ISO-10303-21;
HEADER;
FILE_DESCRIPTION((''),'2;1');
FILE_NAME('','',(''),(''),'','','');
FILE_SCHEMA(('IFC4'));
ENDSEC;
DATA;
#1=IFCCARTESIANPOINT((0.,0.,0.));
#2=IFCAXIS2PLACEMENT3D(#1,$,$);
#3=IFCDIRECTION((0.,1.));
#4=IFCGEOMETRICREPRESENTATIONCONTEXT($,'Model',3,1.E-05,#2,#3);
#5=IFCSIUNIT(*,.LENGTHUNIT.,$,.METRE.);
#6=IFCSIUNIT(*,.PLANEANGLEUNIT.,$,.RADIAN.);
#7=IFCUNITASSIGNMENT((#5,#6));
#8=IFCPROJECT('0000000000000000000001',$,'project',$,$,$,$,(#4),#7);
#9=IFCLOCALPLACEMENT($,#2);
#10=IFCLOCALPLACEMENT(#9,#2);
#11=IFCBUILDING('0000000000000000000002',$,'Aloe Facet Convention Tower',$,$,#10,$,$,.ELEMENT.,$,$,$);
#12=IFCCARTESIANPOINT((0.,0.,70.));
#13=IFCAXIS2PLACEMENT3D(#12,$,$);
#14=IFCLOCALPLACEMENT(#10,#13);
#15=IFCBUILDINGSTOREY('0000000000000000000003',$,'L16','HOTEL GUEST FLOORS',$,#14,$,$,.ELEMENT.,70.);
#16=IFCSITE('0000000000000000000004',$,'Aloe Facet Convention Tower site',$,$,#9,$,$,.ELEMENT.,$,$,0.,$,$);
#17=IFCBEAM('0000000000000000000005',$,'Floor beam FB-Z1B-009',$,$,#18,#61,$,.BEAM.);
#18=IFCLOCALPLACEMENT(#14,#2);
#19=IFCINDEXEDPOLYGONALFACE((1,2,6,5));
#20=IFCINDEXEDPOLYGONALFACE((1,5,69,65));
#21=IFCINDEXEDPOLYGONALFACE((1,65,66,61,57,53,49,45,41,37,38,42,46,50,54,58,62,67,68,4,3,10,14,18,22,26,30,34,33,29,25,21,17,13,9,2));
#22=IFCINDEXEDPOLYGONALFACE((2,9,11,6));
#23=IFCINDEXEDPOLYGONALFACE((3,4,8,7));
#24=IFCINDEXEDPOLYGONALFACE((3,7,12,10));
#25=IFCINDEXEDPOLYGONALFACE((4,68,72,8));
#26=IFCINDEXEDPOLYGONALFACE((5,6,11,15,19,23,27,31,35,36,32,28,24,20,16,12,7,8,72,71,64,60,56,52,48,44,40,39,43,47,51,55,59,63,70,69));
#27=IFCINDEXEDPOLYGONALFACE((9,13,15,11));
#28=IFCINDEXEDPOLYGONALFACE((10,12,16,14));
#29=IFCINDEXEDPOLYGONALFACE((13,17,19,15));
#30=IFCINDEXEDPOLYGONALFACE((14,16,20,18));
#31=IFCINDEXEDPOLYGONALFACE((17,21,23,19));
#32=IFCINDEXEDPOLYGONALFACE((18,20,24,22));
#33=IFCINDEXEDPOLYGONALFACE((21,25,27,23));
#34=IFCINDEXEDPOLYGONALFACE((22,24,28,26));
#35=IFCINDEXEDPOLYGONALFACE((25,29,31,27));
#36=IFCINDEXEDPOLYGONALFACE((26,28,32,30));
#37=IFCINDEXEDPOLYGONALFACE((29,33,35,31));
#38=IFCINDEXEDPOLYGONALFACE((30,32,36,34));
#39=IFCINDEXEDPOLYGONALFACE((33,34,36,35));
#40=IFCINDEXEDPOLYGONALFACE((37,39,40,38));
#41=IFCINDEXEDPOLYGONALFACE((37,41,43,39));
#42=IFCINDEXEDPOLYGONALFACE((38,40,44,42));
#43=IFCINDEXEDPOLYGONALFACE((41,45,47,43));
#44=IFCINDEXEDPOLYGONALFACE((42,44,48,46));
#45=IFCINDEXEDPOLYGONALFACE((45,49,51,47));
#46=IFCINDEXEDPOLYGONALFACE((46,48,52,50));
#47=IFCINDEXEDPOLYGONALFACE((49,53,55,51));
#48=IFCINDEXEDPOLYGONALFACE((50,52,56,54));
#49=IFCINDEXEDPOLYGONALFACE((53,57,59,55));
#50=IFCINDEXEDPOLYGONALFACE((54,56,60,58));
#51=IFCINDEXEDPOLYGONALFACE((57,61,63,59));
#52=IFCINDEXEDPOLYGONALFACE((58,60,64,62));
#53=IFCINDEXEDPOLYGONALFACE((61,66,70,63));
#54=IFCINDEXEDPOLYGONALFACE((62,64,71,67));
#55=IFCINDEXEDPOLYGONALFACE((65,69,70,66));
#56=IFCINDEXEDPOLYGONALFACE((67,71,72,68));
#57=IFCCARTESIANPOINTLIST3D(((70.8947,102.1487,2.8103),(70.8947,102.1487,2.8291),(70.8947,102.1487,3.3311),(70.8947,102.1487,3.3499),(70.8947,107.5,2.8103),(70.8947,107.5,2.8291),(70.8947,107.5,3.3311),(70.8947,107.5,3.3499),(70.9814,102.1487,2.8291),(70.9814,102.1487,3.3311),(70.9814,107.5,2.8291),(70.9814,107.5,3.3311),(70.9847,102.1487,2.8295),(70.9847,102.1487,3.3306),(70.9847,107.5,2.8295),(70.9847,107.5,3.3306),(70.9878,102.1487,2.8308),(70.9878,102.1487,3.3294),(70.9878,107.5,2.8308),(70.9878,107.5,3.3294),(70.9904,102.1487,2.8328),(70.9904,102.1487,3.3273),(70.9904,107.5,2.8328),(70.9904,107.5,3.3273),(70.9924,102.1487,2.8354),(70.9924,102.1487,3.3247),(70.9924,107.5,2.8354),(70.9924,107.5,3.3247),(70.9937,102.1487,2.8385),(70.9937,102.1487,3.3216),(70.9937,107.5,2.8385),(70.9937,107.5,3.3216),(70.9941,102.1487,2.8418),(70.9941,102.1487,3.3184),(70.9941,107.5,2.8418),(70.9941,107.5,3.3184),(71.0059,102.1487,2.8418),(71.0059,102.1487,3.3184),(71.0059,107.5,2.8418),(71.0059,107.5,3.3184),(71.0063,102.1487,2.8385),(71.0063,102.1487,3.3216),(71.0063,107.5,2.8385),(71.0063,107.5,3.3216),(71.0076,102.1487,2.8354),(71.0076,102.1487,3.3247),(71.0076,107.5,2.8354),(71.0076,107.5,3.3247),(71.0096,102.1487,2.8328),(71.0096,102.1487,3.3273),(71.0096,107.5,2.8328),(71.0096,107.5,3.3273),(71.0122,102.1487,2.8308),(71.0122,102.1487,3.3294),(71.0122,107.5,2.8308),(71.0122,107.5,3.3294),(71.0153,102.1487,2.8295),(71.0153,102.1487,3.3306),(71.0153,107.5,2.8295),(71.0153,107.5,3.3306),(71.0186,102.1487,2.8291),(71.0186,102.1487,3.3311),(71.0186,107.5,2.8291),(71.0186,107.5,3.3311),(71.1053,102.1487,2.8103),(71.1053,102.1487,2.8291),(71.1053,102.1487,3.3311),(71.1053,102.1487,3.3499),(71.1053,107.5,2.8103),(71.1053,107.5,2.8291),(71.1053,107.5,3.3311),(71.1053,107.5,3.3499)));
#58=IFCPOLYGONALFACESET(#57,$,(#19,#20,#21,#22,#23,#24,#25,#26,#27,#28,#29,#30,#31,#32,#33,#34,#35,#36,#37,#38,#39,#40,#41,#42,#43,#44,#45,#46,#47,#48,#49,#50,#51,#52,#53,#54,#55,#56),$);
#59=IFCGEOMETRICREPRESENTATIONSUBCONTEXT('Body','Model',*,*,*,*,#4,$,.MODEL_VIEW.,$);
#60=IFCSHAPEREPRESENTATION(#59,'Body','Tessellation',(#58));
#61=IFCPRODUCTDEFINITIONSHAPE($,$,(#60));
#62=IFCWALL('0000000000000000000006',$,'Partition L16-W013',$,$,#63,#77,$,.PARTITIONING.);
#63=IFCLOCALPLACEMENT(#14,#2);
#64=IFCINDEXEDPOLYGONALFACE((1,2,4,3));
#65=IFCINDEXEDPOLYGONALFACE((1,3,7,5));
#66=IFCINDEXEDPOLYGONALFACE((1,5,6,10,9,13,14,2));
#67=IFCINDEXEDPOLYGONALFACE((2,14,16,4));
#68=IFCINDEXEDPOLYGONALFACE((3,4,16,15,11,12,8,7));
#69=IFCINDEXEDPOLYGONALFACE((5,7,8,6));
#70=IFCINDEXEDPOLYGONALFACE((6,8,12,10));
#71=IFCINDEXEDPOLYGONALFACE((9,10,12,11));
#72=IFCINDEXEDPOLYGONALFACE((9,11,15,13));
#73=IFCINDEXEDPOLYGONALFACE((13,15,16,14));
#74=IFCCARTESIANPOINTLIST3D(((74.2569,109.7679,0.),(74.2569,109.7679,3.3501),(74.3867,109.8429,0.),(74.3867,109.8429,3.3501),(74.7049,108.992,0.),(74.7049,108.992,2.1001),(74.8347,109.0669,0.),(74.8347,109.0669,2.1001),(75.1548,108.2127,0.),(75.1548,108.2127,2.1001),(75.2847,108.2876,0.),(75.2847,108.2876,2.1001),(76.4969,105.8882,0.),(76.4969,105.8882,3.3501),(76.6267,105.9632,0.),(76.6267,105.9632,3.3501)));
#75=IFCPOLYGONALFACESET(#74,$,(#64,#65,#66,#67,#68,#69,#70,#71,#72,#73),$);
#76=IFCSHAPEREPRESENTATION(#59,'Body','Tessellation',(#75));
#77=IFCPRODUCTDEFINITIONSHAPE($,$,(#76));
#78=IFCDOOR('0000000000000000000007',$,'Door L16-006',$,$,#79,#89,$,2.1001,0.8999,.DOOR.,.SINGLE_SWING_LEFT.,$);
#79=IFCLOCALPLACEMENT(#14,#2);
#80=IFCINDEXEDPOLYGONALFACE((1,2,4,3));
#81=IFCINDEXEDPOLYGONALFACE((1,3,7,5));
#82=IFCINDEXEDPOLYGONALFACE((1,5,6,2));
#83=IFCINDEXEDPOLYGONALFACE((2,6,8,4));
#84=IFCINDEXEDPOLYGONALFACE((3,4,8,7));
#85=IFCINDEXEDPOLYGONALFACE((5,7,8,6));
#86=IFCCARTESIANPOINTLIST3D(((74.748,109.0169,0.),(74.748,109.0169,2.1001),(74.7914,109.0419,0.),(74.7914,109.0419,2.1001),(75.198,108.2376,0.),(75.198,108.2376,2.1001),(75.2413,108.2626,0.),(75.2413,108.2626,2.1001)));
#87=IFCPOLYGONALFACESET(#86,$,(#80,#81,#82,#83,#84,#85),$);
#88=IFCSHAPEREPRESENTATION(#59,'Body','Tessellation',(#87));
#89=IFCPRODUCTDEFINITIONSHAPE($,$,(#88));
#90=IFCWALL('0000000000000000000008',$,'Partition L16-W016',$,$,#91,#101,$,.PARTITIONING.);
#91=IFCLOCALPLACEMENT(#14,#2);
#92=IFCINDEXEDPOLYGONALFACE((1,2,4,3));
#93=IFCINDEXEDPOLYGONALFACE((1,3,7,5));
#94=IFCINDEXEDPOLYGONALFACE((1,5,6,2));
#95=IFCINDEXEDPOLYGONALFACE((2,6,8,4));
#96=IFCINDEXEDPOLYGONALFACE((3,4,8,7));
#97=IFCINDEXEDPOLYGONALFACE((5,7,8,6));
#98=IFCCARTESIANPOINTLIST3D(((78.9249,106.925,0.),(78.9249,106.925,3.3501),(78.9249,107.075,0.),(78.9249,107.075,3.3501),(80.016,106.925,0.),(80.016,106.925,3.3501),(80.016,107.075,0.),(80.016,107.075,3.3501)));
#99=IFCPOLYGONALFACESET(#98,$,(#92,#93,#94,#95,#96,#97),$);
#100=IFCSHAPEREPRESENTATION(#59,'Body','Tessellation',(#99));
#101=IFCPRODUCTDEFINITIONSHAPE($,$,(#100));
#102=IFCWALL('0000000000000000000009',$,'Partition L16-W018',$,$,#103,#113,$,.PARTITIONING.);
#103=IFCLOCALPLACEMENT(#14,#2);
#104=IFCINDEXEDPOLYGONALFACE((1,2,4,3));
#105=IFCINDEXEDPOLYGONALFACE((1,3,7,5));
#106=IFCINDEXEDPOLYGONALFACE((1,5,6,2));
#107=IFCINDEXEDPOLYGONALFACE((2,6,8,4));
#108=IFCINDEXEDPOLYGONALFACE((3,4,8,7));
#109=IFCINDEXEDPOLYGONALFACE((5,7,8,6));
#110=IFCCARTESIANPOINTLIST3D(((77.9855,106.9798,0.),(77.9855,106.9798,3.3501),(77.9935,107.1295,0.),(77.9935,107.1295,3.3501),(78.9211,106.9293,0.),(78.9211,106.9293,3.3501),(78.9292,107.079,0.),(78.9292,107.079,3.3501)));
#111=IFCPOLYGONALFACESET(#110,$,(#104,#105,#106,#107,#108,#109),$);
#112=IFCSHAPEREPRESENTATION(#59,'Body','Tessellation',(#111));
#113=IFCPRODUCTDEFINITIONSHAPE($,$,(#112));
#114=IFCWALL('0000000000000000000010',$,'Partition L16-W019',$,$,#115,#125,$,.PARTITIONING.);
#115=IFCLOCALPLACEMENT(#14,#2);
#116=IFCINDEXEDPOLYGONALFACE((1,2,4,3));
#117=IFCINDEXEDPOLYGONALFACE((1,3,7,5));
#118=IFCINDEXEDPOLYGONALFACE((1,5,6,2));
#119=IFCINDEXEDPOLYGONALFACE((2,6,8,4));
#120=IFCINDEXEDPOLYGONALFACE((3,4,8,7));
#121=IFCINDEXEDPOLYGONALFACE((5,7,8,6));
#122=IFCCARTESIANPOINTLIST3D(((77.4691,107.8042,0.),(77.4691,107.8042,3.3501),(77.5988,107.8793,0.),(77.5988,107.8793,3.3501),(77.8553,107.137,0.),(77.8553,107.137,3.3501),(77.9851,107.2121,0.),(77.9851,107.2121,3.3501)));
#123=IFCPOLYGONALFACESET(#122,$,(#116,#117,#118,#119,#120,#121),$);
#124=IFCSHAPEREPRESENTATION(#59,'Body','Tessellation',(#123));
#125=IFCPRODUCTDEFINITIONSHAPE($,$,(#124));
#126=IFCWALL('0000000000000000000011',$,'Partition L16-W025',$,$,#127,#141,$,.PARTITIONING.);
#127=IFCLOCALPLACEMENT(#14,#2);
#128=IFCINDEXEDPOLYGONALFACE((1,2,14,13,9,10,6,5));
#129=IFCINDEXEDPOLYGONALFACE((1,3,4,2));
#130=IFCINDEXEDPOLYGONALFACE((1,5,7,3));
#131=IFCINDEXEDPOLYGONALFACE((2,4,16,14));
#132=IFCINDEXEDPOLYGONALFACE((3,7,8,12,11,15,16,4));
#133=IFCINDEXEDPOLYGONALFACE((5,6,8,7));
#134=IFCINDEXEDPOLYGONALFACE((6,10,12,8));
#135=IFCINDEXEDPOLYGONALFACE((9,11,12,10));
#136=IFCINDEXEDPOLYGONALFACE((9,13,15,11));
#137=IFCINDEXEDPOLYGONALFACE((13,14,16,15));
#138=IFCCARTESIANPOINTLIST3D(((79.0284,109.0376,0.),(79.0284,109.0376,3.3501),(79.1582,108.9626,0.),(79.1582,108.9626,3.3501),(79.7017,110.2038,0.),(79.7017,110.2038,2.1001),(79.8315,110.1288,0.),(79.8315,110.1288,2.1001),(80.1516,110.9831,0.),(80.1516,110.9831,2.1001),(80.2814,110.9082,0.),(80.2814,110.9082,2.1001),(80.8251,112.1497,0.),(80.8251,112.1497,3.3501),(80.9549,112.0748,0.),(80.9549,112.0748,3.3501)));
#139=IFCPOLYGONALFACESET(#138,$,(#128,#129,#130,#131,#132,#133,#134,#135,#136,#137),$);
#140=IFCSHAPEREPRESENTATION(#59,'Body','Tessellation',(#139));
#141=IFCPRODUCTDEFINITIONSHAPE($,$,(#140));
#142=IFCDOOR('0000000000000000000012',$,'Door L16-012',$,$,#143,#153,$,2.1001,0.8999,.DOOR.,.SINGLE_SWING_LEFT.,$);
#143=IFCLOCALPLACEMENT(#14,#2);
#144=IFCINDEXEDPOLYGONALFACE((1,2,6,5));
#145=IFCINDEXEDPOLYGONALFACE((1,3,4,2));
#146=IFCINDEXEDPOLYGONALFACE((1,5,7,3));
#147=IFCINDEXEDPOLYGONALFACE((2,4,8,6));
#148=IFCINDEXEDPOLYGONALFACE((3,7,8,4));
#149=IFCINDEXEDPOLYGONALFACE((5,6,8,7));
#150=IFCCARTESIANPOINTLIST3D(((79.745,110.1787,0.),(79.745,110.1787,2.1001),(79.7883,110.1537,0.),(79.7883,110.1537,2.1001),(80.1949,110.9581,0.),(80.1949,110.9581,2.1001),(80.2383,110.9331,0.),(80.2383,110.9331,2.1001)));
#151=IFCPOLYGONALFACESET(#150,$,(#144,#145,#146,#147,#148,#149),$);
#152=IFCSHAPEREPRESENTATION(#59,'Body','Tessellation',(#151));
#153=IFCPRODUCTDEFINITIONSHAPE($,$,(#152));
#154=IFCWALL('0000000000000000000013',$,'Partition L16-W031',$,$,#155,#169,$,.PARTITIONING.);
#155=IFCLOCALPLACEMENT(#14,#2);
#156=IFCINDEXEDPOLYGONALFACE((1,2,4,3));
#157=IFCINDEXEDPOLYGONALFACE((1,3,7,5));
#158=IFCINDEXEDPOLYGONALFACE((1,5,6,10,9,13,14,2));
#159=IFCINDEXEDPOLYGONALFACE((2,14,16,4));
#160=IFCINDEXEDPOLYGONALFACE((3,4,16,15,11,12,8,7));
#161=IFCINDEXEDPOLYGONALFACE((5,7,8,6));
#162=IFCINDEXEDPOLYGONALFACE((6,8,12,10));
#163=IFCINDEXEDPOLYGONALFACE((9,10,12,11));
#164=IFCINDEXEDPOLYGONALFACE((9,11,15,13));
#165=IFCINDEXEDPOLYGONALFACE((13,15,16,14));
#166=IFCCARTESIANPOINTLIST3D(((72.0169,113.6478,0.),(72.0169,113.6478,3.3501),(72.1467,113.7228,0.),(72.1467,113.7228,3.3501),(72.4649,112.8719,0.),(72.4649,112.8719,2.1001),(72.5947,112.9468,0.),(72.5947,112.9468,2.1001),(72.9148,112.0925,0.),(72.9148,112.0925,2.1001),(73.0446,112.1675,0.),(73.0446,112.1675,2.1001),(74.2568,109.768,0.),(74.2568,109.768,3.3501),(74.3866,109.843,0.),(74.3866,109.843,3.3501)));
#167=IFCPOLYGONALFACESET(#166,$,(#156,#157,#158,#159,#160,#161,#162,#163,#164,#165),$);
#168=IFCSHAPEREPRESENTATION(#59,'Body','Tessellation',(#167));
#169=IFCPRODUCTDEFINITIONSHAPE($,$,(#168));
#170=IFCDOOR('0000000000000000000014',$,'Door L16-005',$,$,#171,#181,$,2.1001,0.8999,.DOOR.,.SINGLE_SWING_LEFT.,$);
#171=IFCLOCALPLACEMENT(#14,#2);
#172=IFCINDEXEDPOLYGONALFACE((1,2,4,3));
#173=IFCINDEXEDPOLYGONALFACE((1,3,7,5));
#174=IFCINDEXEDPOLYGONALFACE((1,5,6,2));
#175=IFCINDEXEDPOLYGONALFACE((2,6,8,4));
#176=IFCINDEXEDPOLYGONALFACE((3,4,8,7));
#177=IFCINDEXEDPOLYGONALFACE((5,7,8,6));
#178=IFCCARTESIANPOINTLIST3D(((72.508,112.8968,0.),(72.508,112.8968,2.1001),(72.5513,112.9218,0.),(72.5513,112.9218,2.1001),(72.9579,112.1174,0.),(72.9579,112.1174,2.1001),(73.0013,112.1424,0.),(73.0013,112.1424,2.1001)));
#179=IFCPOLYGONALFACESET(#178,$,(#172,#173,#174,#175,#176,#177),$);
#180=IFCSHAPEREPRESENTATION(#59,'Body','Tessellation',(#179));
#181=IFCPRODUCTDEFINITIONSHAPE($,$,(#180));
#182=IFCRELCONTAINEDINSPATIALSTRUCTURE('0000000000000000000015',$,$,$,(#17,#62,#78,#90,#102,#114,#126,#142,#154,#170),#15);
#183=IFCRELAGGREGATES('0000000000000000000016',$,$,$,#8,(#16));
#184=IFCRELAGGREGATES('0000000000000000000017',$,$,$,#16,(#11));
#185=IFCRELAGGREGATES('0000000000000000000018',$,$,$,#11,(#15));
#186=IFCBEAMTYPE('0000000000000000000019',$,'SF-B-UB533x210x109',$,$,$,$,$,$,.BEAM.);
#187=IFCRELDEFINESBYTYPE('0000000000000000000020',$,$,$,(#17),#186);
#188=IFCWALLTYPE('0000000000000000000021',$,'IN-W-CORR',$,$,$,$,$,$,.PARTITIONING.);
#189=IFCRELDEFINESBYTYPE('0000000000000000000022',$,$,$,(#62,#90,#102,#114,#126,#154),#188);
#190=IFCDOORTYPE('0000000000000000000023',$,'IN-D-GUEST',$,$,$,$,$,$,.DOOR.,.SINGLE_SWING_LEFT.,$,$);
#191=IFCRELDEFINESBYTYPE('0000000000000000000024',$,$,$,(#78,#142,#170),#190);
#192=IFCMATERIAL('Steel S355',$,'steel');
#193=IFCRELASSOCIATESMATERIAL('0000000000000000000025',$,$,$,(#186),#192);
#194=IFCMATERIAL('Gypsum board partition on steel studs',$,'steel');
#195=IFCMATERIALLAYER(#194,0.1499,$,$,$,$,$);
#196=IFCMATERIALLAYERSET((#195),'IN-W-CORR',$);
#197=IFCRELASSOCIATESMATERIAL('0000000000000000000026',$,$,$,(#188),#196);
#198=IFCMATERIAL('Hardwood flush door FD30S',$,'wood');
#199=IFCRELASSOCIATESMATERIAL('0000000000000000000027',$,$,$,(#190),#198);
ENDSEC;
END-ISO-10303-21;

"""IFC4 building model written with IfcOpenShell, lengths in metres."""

from ifc_helpers import new_model, si_unit, direction, frame, frame_2d, origin, origin_2d, place, context, subcontext, project, spatial, rectangle, i_section, extrude, material, layer, layer_set, material_profile, profile_set, type_object, element, fill, save


model = new_model("IFC4")

# Units and contexts
model_context = context("Model", 3, precision=1e-05, world=origin(), true_north=direction((0.0, 1.0)))
body_context = subcontext(model_context, "Body", "Model", "MODEL_VIEW")
ifc_project = project(units=[si_unit("LENGTHUNIT", "METRE"), si_unit("PLANEANGLEUNIT", "RADIAN")], contexts=[model_context])

# Site, building, storey
site_placement = place(None, origin())
site = spatial("IfcSite", under=ifc_project, at=site_placement, Name="Aloe Facet Convention Tower site", CompositionType="ELEMENT", RefElevation=0.0)
building_placement = place(site_placement, origin())
building = spatial("IfcBuilding", under=site, at=building_placement, Name="Aloe Facet Convention Tower", CompositionType="ELEMENT")
storey_placement = place(building_placement, frame((0.0, 0.0, 70.0)))
storey = spatial("IfcBuildingStorey", under=building, at=storey_placement, Name="L16", Description="HOTEL GUEST FLOORS", CompositionType="ELEMENT", Elevation=70.0)

# Beam
ifc_material_1 = material(Name="Steel S355", Category="steel")
ifc_material_profile_1 = material_profile(ifc_material_1, i_section(OverallWidth=0.2107, OverallDepth=0.5396, WebThickness=0.0117, FlangeThickness=0.0188, FilletRadius=0.0127, at=origin_2d()), Name="UB 533x210x109")
ifc_profile_set_1 = profile_set([ifc_material_profile_1], Name="Steel S355")
beam_type_1 = type_object("IfcBeamType", Name="SF-B-UB533x210x109", PredefinedType="BEAM", material=ifc_profile_set_1)
beam_placement = place(storey_placement, frame((71.0, 107.5, 3.0801), z_axis=(0.0, -1.0, 0.0), x_axis=(1.0, 0.0, 0.0)))
element("IfcBeam", 1, at=beam_placement, inside=storey, type_object=beam_type_1, Name="Floor beam FB-Z1B-009", PredefinedType="BEAM", context=body_context, shape_type="SweptSolid", body=[
    extrude(i_section(OverallWidth=0.2107, OverallDepth=0.5396, WebThickness=0.0117, FlangeThickness=0.0188, FilletRadius=0.0127, at=origin_2d()), origin(), (0.0, 0.0, 1.0), 5.3513),
])

# Wall, opening, door
ifc_material_2 = material(Name="Gypsum board partition on steel studs", Category="steel")
ifc_layer_1 = layer(ifc_material_2, 0.1499)
ifc_layer_set_1 = layer_set([ifc_layer_1], Name="IN-W-CORR")
wall_type_1 = type_object("IfcWallType", Name="IN-W-CORR", PredefinedType="PARTITIONING", material=ifc_layer_set_1)
wall_1_placement = place(storey_placement, frame((74.3218, 109.8054, 0.0), z_axis=(0.0, 0.0, 1.0), x_axis=(0.500013, -0.866018, 0.0)))
wall_1 = element("IfcWall", 2, at=wall_1_placement, inside=storey, type_object=wall_type_1, Name="Partition L16-W013", PredefinedType="PARTITIONING", context=body_context, shape_type="SweptSolid", body=[
    extrude(rectangle(XDim=4.48, YDim=0.1499, at=frame_2d((2.24, 0.0))), origin(), (0.0, 0.0, 1.0), 3.3501),
])
opening_1_placement = place(wall_1_placement, frame((0.896, 0.0, 0.0)))
opening_1 = element("IfcOpeningElement", 3, at=opening_1_placement, cuts=wall_1, PredefinedType="OPENING", context=body_context, shape_type="SweptSolid", body=[
    extrude(rectangle(XDim=0.8999, YDim=2.1001, at=frame_2d((0.45, 1.05))), frame((0.0, 0.085, 0.0), z_axis=(0.0, -1.0, 0.0), x_axis=(1.0, 0.0, 0.0)), (0.0, 0.0, 1.0), 0.1699),
])
ifc_material_3 = material(Name="Hardwood flush door FD30S", Category="wood")
door_type_1 = type_object("IfcDoorType", Name="IN-D-GUEST", OperationType="SINGLE_SWING_LEFT", PredefinedType="DOOR", material=ifc_material_3)
door_1_placement = place(opening_1_placement, origin())
door_1 = element("IfcDoor", 4, at=door_1_placement, inside=storey, type_object=door_type_1, Name="Door L16-006", OperationType="SINGLE_SWING_LEFT", OverallHeight=2.1001, OverallWidth=0.8999, PredefinedType="DOOR", context=body_context, shape_type="SweptSolid", body=[
    extrude(rectangle(XDim=0.8999, YDim=2.1001, at=frame_2d((0.45, 1.05))), frame((0.0, 0.0249, 0.0), z_axis=(0.0, -1.0, 0.0), x_axis=(1.0, 0.0, 0.0)), (0.0, 0.0, 1.0), 0.05),
])
fill(opening_1, door_1)

# Walls
wall_2_placement = place(storey_placement, frame((78.925, 107.0, 0.0), z_axis=(0.0, 0.0, 1.0), x_axis=(1.0, 0.0, 0.0)))
element("IfcWall", 5, at=wall_2_placement, inside=storey, type_object=wall_type_1, Name="Partition L16-W016", PredefinedType="PARTITIONING", context=body_context, shape_type="SweptSolid", body=[
    extrude(rectangle(XDim=1.0911, YDim=0.1499, at=frame_2d((0.5454, 0.0))), origin(), (0.0, 0.0, 1.0), 3.3501),
])
wall_3_placement = place(storey_placement, frame((77.9895, 107.0547, 0.0), z_axis=(0.0, 0.0, 1.0), x_axis=(0.998544, -0.05394, 0.0)))
element("IfcWall", 6, at=wall_3_placement, inside=storey, type_object=wall_type_1, Name="Partition L16-W018", PredefinedType="PARTITIONING", context=body_context, shape_type="SweptSolid", body=[
    extrude(rectangle(XDim=0.937, YDim=0.1499, at=frame_2d((0.4685, 0.0))), origin(), (0.0, 0.0, 1.0), 3.3501),
])
wall_4_placement = place(storey_placement, frame((77.5339, 107.8418, 0.0), z_axis=(0.0, 0.0, 1.0), x_axis=(0.500974, -0.865462, 0.0)))
element("IfcWall", 7, at=wall_4_placement, inside=storey, type_object=wall_type_1, Name="Partition L16-W019", PredefinedType="PARTITIONING", context=body_context, shape_type="SweptSolid", body=[
    extrude(rectangle(XDim=0.771, YDim=0.1499, at=frame_2d((0.3855, 0.0))), origin(), (0.0, 0.0, 1.0), 3.3501),
])

# Walls, openings, doors
wall_5_placement = place(storey_placement, frame((79.0933, 109.0, 0.0), z_axis=(0.0, 0.0, 1.0), x_axis=(0.499975, 0.86604, 0.0)))
wall_5 = element("IfcWall", 8, at=wall_5_placement, inside=storey, type_object=wall_type_1, Name="Partition L16-W025", PredefinedType="PARTITIONING", context=body_context, shape_type="SweptSolid", body=[
    extrude(rectangle(XDim=3.5935, YDim=0.1499, at=frame_2d((1.7969, 0.0))), origin(), (0.0, 0.0, 1.0), 3.3501),
])
opening_2_placement = place(wall_5_placement, frame((1.3467, 0.0, 0.0)))
opening_2 = element("IfcOpeningElement", 9, at=opening_2_placement, cuts=wall_5, PredefinedType="OPENING", context=body_context, shape_type="SweptSolid", body=[
    extrude(rectangle(XDim=0.8999, YDim=2.1001, at=frame_2d((0.45, 1.05))), frame((0.0, 0.085, 0.0), z_axis=(0.0, -1.0, 0.0), x_axis=(1.0, 0.0, 0.0)), (0.0, 0.0, 1.0), 0.1699),
])
door_2_placement = place(opening_2_placement, origin())
door_2 = element("IfcDoor", 10, at=door_2_placement, inside=storey, type_object=door_type_1, Name="Door L16-012", OperationType="SINGLE_SWING_LEFT", OverallHeight=2.1001, OverallWidth=0.8999, PredefinedType="DOOR", context=body_context, shape_type="SweptSolid", body=[
    extrude(rectangle(XDim=0.8999, YDim=2.1001, at=frame_2d((0.45, 1.05))), frame((0.0, 0.0249, 0.0), z_axis=(0.0, -1.0, 0.0), x_axis=(1.0, 0.0, 0.0)), (0.0, 0.0, 1.0), 0.05),
])
fill(opening_2, door_2)
wall_6_placement = place(storey_placement, frame((72.0818, 113.6853, 0.0), z_axis=(0.0, 0.0, 1.0), x_axis=(0.49999, -0.866031, 0.0)))
wall_6 = element("IfcWall", 11, at=wall_6_placement, inside=storey, type_object=wall_type_1, Name="Partition L16-W031", PredefinedType="PARTITIONING", context=body_context, shape_type="SweptSolid", body=[
    extrude(rectangle(XDim=4.48, YDim=0.1499, at=frame_2d((2.24, 0.0))), origin(), (0.0, 0.0, 1.0), 3.3501),
])
opening_3_placement = place(wall_6_placement, frame((0.896, 0.0, 0.0)))
opening_3 = element("IfcOpeningElement", 12, at=opening_3_placement, cuts=wall_6, PredefinedType="OPENING", context=body_context, shape_type="SweptSolid", body=[
    extrude(rectangle(XDim=0.8999, YDim=2.1001, at=frame_2d((0.45, 1.05))), frame((0.0, 0.085, 0.0), z_axis=(0.0, -1.0, 0.0), x_axis=(1.0, 0.0, 0.0)), (0.0, 0.0, 1.0), 0.1699),
])
door_3_placement = place(opening_3_placement, origin())
door_3 = element("IfcDoor", 13, at=door_3_placement, inside=storey, type_object=door_type_1, Name="Door L16-005", OperationType="SINGLE_SWING_LEFT", OverallHeight=2.1001, OverallWidth=0.8999, PredefinedType="DOOR", context=body_context, shape_type="SweptSolid", body=[
    extrude(rectangle(XDim=0.8999, YDim=2.1001, at=frame_2d((0.45, 1.05))), frame((0.0, 0.0249, 0.0), z_axis=(0.0, -1.0, 0.0), x_axis=(1.0, 0.0, 0.0)), (0.0, 0.0, 1.0), 0.05),
])
fill(opening_3, door_3)

save(model, "model.ifc")
